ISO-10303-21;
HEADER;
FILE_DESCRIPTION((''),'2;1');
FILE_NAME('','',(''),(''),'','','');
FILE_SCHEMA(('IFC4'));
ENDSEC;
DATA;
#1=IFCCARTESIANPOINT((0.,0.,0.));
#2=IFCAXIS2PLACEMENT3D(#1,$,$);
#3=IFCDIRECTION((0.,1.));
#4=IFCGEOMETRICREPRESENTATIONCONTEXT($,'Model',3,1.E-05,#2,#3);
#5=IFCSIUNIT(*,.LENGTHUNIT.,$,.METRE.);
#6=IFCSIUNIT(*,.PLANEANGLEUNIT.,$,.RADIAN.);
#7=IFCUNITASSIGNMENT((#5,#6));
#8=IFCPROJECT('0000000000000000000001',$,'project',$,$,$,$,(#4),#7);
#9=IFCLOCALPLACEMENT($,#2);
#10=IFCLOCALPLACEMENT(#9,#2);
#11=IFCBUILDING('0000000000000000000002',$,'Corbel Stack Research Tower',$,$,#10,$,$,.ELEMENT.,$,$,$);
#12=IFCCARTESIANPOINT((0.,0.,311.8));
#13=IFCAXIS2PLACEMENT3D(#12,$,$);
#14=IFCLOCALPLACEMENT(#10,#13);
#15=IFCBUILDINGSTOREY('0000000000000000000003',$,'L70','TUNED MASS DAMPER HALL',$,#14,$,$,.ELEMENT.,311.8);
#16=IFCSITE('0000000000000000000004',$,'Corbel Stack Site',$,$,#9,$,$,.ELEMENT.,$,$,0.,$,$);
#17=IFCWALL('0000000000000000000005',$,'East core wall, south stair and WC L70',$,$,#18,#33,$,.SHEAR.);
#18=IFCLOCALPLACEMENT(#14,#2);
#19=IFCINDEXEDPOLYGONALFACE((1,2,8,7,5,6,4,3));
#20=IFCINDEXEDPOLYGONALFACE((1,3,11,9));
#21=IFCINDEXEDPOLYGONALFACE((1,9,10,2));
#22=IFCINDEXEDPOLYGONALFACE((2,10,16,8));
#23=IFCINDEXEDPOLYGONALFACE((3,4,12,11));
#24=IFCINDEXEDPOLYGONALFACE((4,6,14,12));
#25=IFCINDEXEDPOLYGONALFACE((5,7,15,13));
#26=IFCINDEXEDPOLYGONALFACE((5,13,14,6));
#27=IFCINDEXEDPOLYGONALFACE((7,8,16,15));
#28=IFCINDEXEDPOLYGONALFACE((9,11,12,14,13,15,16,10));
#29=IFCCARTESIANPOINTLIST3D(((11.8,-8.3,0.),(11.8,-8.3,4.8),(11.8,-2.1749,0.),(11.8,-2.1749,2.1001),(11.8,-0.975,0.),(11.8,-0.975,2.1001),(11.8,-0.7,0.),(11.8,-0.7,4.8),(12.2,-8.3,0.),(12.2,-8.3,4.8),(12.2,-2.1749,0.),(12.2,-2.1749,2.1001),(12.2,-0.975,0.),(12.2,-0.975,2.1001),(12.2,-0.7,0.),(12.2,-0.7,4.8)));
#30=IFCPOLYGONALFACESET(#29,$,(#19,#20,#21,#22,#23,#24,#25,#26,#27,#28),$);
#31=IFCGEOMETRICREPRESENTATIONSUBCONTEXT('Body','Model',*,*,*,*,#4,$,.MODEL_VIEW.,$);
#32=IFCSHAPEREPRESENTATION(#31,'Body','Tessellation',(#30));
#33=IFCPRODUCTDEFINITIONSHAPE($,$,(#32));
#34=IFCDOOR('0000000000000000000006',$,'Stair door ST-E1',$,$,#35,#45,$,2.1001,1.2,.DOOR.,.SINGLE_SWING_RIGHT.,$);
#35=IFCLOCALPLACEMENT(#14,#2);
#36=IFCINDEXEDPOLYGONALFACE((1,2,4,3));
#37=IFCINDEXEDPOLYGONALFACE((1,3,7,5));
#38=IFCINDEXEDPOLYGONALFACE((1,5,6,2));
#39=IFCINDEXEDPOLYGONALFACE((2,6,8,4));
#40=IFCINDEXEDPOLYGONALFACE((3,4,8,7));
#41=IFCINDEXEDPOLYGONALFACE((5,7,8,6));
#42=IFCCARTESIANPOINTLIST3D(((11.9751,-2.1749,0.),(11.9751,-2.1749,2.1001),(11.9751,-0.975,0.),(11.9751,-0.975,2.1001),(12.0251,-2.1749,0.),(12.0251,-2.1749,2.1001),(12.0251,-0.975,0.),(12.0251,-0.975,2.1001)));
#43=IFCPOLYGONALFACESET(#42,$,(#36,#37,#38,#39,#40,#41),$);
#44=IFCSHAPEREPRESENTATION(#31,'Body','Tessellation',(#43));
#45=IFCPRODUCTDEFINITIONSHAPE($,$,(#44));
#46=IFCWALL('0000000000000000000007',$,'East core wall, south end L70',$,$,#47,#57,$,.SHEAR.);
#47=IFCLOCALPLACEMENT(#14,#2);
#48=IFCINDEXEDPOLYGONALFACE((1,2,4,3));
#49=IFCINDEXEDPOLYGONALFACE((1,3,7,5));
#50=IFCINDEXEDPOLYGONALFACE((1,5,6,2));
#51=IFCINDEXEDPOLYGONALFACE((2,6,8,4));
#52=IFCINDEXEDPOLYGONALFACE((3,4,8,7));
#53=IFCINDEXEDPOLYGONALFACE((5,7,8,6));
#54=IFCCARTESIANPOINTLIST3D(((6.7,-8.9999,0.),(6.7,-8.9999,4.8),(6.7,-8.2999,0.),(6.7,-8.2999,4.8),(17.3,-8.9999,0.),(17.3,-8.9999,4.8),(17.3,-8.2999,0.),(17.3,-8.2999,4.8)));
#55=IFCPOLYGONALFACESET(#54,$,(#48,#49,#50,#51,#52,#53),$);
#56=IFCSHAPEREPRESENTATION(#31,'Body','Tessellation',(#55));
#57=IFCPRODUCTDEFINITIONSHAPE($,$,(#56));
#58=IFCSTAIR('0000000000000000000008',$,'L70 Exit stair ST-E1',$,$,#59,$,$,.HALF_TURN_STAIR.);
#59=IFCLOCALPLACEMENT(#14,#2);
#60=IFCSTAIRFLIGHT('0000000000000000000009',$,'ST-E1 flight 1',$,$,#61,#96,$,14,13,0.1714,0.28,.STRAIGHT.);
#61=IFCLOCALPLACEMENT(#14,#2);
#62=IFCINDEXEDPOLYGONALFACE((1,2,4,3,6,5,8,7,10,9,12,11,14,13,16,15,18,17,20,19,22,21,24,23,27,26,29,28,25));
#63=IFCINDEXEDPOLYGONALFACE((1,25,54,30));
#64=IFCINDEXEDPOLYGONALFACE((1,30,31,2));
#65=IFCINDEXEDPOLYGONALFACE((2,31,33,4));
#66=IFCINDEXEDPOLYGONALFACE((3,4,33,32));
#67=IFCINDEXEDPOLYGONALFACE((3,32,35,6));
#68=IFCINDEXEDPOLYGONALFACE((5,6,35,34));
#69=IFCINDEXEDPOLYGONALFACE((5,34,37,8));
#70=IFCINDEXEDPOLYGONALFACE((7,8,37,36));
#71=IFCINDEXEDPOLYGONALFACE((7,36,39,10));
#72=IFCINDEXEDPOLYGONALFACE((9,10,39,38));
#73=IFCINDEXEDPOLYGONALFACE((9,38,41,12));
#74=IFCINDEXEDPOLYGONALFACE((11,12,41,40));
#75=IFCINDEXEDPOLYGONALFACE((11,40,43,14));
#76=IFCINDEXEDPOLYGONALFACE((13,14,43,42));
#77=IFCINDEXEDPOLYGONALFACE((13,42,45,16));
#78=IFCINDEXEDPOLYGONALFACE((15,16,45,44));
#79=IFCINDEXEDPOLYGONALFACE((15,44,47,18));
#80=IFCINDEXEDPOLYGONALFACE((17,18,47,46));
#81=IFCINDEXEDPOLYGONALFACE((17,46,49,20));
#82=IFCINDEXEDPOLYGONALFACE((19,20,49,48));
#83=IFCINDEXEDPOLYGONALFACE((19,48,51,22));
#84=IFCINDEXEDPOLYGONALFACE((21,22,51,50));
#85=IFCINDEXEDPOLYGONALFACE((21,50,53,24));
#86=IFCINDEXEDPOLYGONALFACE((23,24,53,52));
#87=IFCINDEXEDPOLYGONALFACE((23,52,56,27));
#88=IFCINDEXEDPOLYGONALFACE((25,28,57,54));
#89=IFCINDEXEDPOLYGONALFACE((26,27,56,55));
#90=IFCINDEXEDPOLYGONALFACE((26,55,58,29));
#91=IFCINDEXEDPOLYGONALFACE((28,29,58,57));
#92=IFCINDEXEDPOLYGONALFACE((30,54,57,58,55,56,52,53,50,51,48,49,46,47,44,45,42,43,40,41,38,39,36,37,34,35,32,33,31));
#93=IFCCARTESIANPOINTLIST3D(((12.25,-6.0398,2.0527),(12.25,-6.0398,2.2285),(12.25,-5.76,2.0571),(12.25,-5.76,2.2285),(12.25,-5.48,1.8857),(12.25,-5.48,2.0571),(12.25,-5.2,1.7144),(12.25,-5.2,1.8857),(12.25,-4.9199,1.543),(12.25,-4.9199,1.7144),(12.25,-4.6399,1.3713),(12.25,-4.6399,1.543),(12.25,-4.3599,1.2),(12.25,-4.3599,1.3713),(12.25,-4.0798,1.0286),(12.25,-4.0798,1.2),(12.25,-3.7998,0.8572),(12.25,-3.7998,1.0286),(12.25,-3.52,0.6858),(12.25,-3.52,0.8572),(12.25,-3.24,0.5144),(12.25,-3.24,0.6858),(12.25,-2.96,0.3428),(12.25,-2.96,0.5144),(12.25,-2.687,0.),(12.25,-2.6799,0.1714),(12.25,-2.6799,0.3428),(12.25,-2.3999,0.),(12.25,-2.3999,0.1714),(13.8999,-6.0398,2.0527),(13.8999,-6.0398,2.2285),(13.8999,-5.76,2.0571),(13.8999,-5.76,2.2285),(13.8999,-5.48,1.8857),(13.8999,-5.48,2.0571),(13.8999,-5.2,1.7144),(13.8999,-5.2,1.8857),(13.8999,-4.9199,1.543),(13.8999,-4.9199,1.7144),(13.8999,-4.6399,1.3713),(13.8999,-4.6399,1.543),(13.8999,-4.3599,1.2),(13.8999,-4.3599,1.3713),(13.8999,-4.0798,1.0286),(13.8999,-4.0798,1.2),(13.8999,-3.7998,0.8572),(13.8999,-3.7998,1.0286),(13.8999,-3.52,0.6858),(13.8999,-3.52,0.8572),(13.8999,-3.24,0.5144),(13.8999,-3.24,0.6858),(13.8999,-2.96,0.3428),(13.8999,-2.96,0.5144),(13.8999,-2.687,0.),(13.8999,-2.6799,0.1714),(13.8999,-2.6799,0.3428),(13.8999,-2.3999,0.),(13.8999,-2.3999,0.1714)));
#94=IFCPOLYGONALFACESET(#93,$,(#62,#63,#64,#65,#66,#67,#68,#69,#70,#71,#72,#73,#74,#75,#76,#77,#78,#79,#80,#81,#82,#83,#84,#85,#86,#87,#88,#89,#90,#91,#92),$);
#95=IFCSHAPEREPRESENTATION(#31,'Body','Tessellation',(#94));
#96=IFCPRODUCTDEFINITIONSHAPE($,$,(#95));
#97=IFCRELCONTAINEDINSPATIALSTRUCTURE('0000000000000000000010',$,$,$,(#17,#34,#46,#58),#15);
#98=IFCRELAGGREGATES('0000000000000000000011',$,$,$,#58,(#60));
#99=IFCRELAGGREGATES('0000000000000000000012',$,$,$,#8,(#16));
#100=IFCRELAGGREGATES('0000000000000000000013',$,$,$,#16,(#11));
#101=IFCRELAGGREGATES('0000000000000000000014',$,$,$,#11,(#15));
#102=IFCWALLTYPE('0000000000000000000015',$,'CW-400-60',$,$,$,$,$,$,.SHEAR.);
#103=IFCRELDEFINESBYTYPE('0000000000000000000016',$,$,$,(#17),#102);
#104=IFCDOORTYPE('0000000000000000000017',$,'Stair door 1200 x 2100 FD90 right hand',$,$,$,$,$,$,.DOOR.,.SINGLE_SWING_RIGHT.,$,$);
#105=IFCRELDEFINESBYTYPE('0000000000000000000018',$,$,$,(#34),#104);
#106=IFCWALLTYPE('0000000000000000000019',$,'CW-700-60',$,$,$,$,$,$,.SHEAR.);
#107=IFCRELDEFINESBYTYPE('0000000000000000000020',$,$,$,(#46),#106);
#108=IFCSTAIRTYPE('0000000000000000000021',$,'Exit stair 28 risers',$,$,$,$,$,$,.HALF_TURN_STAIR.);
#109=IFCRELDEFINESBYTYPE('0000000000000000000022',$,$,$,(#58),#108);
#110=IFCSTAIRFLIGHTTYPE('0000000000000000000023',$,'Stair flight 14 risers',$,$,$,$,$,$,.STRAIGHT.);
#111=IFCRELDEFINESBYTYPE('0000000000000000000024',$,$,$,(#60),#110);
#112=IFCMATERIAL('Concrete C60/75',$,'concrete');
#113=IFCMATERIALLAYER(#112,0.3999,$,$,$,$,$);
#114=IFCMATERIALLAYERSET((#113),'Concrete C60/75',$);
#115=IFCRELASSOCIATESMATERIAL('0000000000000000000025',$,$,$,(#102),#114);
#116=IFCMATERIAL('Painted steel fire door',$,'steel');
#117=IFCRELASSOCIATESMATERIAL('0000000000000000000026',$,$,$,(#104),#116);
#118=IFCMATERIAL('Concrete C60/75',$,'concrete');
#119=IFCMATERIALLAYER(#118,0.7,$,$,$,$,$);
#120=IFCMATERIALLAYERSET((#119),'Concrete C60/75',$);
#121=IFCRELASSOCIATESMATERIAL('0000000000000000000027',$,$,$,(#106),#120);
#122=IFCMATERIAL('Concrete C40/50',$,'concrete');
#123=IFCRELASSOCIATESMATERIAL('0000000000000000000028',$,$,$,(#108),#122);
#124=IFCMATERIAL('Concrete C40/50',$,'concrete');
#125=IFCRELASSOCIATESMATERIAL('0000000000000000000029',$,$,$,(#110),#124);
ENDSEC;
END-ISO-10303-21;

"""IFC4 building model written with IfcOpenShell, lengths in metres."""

from ifc_helpers import new_model, si_unit, direction, frame, frame_2d, origin, place, context, subcontext, project, spatial, polyline, rectangle, outline, extrude, material, layer, layer_set, type_object, element, fill, aggregate, save


model = new_model("IFC4")

# Units and contexts
model_context = context("Model", 3, precision=1e-05, world=origin(), true_north=direction((0.0, 1.0)))
body_context = subcontext(model_context, "Body", "Model", "MODEL_VIEW")
ifc_project = project(units=[si_unit("LENGTHUNIT", "METRE"), si_unit("PLANEANGLEUNIT", "RADIAN")], contexts=[model_context])

# Site, building, storey
site_placement = place(None, origin())
site = spatial("IfcSite", under=ifc_project, at=site_placement, Name="Corbel Stack Site", CompositionType="ELEMENT", RefElevation=0.0)
building_placement = place(site_placement, origin())
building = spatial("IfcBuilding", under=site, at=building_placement, Name="Corbel Stack Research Tower", CompositionType="ELEMENT")
storey_placement = place(building_placement, frame((0.0, 0.0, 311.8)))
storey = spatial("IfcBuildingStorey", under=building, at=storey_placement, Name="L70", Description="TUNED MASS DAMPER HALL", CompositionType="ELEMENT", Elevation=311.8)

# Wall, opening, door
ifc_material_1 = material(Name="Concrete C60/75", Category="concrete")
ifc_layer_1 = layer(ifc_material_1, 0.3999)
ifc_layer_set_1 = layer_set([ifc_layer_1], Name="Concrete C60/75")
wall_type_1 = type_object("IfcWallType", Name="CW-400-60", PredefinedType="SHEAR", material=ifc_layer_set_1)
wall_1_placement = place(storey_placement, frame((12.0, -8.3, 0.0), z_axis=(0.0, 0.0, 1.0), x_axis=(0.0, 1.0, 0.0)))
wall_1 = element("IfcWall", 1, at=wall_1_placement, inside=storey, type_object=wall_type_1, Name="East core wall, south stair and WC L70", PredefinedType="SHEAR", context=body_context, shape_type="SweptSolid", body=[
    extrude(rectangle(XDim=7.6001, YDim=0.3999, at=frame_2d((3.8, 0.0))), origin(), (0.0, 0.0, 1.0), 4.8),
])
opening_1_placement = place(wall_1_placement, frame((6.125, 0.0, 0.0)))
opening_1 = element("IfcOpeningElement", 2, at=opening_1_placement, cuts=wall_1, PredefinedType="OPENING", context=body_context, shape_type="SweptSolid", body=[
    extrude(rectangle(XDim=1.2, YDim=2.1001, at=frame_2d((0.6001, 1.05))), frame((0.0, 0.21, 0.0), z_axis=(0.0, -1.0, 0.0), x_axis=(1.0, 0.0, 0.0)), (0.0, 0.0, 1.0), 0.4199),
])
ifc_material_2 = material(Name="Painted steel fire door", Category="steel")
door_type_1 = type_object("IfcDoorType", Name="Stair door 1200 x 2100 FD90 right hand", OperationType="SINGLE_SWING_RIGHT", PredefinedType="DOOR", material=ifc_material_2)
door_1_placement = place(opening_1_placement, origin())
door_1 = element("IfcDoor", 3, at=door_1_placement, inside=storey, type_object=door_type_1, Name="Stair door ST-E1", OperationType="SINGLE_SWING_RIGHT", OverallHeight=2.1001, OverallWidth=1.2, PredefinedType="DOOR", context=body_context, shape_type="SweptSolid", body=[
    extrude(rectangle(XDim=1.2, YDim=2.1001, at=frame_2d((0.6001, 1.05))), frame((0.0, 0.0249, 0.0), z_axis=(0.0, -1.0, 0.0), x_axis=(1.0, 0.0, 0.0)), (0.0, 0.0, 1.0), 0.05),
])
fill(opening_1, door_1)

# Shared definitions
ifc_material_3 = material(Name="Concrete C60/75", Category="concrete")
ifc_layer_2 = layer(ifc_material_3, 0.7)
ifc_layer_set_2 = layer_set([ifc_layer_2], Name="Concrete C60/75")
wall_type_2 = type_object("IfcWallType", Name="CW-700-60", PredefinedType="SHEAR", material=ifc_layer_set_2)

# Wall
wall_2_placement = place(storey_placement, frame((6.7, -8.6499, 0.0), z_axis=(0.0, 0.0, 1.0), x_axis=(1.0, 0.0, 0.0)))
element("IfcWall", 4, at=wall_2_placement, inside=storey, type_object=wall_type_2, Name="East core wall, south end L70", PredefinedType="SHEAR", context=body_context, shape_type="SweptSolid", body=[
    extrude(rectangle(XDim=10.6001, YDim=0.7, at=frame_2d((5.3, 0.0))), origin(), (0.0, 0.0, 1.0), 4.8),
])

# Stair, stair flight
ifc_material_4 = material(Name="Concrete C40/50", Category="concrete")
stair_type = type_object("IfcStairType", Name="Exit stair 28 risers", PredefinedType="HALF_TURN_STAIR", material=ifc_material_4)
stair_placement = place(storey_placement, origin())
stair = element("IfcStair", 5, at=stair_placement, inside=storey, type_object=stair_type, Name="L70 Exit stair ST-E1", PredefinedType="HALF_TURN_STAIR")
ifc_material_5 = material(Name="Concrete C40/50", Category="concrete")
stair_flight_type = type_object("IfcStairFlightType", Name="Stair flight 14 risers", PredefinedType="STRAIGHT", material=ifc_material_5)
stair_flight_placement = place(storey_placement, frame((13.075, -2.3999, 0.0), z_axis=(0.0, 0.0, 1.0), x_axis=(0.0, -1.0, 0.0)))
stair_flight = element("IfcStairFlight", 6, at=stair_flight_placement, type_object=stair_flight_type, Name="ST-E1 flight 1", NumberOfRisers=14, NumberOfTreads=13, PredefinedType="STRAIGHT", RiserHeight=0.1714, TreadLength=0.28, context=body_context, shape_type="SweptSolid", body=[
    extrude(outline(polyline([(0.0, 0.0), (0.0, 0.1714), (0.28, 0.1714), (0.28, 0.3428), (0.5601, 0.3428), (0.5601, 0.5144), (0.8401, 0.5144), (0.8401, 0.6858), (1.1201, 0.6858), (1.1201, 0.8572), (1.3999, 0.8572), (1.3999, 1.0286), (1.6799, 1.0286), (1.6799, 1.2), (1.96, 1.2), (1.96, 1.3713), (2.24, 1.3713), (2.24, 1.543), (2.52, 1.543), (2.52, 1.7144), (2.8, 1.7144), (2.8, 1.8857), (3.0801, 1.8857), (3.0801, 2.0571), (3.3601, 2.0571), (3.3601, 2.2285), (3.6399, 2.2285), (3.6399, 2.3999), (3.6399, 2.0527), (0.2871, 0.0), (0.0, 0.0)])), frame((0.0, 0.825, 0.0), z_axis=(0.0, -1.0, 0.0), x_axis=(1.0, 0.0, 0.0)), (0.0, 0.0, 1.0), 1.6499),
])
aggregate(stair, [stair_flight])

save(model, "model.ifc")
